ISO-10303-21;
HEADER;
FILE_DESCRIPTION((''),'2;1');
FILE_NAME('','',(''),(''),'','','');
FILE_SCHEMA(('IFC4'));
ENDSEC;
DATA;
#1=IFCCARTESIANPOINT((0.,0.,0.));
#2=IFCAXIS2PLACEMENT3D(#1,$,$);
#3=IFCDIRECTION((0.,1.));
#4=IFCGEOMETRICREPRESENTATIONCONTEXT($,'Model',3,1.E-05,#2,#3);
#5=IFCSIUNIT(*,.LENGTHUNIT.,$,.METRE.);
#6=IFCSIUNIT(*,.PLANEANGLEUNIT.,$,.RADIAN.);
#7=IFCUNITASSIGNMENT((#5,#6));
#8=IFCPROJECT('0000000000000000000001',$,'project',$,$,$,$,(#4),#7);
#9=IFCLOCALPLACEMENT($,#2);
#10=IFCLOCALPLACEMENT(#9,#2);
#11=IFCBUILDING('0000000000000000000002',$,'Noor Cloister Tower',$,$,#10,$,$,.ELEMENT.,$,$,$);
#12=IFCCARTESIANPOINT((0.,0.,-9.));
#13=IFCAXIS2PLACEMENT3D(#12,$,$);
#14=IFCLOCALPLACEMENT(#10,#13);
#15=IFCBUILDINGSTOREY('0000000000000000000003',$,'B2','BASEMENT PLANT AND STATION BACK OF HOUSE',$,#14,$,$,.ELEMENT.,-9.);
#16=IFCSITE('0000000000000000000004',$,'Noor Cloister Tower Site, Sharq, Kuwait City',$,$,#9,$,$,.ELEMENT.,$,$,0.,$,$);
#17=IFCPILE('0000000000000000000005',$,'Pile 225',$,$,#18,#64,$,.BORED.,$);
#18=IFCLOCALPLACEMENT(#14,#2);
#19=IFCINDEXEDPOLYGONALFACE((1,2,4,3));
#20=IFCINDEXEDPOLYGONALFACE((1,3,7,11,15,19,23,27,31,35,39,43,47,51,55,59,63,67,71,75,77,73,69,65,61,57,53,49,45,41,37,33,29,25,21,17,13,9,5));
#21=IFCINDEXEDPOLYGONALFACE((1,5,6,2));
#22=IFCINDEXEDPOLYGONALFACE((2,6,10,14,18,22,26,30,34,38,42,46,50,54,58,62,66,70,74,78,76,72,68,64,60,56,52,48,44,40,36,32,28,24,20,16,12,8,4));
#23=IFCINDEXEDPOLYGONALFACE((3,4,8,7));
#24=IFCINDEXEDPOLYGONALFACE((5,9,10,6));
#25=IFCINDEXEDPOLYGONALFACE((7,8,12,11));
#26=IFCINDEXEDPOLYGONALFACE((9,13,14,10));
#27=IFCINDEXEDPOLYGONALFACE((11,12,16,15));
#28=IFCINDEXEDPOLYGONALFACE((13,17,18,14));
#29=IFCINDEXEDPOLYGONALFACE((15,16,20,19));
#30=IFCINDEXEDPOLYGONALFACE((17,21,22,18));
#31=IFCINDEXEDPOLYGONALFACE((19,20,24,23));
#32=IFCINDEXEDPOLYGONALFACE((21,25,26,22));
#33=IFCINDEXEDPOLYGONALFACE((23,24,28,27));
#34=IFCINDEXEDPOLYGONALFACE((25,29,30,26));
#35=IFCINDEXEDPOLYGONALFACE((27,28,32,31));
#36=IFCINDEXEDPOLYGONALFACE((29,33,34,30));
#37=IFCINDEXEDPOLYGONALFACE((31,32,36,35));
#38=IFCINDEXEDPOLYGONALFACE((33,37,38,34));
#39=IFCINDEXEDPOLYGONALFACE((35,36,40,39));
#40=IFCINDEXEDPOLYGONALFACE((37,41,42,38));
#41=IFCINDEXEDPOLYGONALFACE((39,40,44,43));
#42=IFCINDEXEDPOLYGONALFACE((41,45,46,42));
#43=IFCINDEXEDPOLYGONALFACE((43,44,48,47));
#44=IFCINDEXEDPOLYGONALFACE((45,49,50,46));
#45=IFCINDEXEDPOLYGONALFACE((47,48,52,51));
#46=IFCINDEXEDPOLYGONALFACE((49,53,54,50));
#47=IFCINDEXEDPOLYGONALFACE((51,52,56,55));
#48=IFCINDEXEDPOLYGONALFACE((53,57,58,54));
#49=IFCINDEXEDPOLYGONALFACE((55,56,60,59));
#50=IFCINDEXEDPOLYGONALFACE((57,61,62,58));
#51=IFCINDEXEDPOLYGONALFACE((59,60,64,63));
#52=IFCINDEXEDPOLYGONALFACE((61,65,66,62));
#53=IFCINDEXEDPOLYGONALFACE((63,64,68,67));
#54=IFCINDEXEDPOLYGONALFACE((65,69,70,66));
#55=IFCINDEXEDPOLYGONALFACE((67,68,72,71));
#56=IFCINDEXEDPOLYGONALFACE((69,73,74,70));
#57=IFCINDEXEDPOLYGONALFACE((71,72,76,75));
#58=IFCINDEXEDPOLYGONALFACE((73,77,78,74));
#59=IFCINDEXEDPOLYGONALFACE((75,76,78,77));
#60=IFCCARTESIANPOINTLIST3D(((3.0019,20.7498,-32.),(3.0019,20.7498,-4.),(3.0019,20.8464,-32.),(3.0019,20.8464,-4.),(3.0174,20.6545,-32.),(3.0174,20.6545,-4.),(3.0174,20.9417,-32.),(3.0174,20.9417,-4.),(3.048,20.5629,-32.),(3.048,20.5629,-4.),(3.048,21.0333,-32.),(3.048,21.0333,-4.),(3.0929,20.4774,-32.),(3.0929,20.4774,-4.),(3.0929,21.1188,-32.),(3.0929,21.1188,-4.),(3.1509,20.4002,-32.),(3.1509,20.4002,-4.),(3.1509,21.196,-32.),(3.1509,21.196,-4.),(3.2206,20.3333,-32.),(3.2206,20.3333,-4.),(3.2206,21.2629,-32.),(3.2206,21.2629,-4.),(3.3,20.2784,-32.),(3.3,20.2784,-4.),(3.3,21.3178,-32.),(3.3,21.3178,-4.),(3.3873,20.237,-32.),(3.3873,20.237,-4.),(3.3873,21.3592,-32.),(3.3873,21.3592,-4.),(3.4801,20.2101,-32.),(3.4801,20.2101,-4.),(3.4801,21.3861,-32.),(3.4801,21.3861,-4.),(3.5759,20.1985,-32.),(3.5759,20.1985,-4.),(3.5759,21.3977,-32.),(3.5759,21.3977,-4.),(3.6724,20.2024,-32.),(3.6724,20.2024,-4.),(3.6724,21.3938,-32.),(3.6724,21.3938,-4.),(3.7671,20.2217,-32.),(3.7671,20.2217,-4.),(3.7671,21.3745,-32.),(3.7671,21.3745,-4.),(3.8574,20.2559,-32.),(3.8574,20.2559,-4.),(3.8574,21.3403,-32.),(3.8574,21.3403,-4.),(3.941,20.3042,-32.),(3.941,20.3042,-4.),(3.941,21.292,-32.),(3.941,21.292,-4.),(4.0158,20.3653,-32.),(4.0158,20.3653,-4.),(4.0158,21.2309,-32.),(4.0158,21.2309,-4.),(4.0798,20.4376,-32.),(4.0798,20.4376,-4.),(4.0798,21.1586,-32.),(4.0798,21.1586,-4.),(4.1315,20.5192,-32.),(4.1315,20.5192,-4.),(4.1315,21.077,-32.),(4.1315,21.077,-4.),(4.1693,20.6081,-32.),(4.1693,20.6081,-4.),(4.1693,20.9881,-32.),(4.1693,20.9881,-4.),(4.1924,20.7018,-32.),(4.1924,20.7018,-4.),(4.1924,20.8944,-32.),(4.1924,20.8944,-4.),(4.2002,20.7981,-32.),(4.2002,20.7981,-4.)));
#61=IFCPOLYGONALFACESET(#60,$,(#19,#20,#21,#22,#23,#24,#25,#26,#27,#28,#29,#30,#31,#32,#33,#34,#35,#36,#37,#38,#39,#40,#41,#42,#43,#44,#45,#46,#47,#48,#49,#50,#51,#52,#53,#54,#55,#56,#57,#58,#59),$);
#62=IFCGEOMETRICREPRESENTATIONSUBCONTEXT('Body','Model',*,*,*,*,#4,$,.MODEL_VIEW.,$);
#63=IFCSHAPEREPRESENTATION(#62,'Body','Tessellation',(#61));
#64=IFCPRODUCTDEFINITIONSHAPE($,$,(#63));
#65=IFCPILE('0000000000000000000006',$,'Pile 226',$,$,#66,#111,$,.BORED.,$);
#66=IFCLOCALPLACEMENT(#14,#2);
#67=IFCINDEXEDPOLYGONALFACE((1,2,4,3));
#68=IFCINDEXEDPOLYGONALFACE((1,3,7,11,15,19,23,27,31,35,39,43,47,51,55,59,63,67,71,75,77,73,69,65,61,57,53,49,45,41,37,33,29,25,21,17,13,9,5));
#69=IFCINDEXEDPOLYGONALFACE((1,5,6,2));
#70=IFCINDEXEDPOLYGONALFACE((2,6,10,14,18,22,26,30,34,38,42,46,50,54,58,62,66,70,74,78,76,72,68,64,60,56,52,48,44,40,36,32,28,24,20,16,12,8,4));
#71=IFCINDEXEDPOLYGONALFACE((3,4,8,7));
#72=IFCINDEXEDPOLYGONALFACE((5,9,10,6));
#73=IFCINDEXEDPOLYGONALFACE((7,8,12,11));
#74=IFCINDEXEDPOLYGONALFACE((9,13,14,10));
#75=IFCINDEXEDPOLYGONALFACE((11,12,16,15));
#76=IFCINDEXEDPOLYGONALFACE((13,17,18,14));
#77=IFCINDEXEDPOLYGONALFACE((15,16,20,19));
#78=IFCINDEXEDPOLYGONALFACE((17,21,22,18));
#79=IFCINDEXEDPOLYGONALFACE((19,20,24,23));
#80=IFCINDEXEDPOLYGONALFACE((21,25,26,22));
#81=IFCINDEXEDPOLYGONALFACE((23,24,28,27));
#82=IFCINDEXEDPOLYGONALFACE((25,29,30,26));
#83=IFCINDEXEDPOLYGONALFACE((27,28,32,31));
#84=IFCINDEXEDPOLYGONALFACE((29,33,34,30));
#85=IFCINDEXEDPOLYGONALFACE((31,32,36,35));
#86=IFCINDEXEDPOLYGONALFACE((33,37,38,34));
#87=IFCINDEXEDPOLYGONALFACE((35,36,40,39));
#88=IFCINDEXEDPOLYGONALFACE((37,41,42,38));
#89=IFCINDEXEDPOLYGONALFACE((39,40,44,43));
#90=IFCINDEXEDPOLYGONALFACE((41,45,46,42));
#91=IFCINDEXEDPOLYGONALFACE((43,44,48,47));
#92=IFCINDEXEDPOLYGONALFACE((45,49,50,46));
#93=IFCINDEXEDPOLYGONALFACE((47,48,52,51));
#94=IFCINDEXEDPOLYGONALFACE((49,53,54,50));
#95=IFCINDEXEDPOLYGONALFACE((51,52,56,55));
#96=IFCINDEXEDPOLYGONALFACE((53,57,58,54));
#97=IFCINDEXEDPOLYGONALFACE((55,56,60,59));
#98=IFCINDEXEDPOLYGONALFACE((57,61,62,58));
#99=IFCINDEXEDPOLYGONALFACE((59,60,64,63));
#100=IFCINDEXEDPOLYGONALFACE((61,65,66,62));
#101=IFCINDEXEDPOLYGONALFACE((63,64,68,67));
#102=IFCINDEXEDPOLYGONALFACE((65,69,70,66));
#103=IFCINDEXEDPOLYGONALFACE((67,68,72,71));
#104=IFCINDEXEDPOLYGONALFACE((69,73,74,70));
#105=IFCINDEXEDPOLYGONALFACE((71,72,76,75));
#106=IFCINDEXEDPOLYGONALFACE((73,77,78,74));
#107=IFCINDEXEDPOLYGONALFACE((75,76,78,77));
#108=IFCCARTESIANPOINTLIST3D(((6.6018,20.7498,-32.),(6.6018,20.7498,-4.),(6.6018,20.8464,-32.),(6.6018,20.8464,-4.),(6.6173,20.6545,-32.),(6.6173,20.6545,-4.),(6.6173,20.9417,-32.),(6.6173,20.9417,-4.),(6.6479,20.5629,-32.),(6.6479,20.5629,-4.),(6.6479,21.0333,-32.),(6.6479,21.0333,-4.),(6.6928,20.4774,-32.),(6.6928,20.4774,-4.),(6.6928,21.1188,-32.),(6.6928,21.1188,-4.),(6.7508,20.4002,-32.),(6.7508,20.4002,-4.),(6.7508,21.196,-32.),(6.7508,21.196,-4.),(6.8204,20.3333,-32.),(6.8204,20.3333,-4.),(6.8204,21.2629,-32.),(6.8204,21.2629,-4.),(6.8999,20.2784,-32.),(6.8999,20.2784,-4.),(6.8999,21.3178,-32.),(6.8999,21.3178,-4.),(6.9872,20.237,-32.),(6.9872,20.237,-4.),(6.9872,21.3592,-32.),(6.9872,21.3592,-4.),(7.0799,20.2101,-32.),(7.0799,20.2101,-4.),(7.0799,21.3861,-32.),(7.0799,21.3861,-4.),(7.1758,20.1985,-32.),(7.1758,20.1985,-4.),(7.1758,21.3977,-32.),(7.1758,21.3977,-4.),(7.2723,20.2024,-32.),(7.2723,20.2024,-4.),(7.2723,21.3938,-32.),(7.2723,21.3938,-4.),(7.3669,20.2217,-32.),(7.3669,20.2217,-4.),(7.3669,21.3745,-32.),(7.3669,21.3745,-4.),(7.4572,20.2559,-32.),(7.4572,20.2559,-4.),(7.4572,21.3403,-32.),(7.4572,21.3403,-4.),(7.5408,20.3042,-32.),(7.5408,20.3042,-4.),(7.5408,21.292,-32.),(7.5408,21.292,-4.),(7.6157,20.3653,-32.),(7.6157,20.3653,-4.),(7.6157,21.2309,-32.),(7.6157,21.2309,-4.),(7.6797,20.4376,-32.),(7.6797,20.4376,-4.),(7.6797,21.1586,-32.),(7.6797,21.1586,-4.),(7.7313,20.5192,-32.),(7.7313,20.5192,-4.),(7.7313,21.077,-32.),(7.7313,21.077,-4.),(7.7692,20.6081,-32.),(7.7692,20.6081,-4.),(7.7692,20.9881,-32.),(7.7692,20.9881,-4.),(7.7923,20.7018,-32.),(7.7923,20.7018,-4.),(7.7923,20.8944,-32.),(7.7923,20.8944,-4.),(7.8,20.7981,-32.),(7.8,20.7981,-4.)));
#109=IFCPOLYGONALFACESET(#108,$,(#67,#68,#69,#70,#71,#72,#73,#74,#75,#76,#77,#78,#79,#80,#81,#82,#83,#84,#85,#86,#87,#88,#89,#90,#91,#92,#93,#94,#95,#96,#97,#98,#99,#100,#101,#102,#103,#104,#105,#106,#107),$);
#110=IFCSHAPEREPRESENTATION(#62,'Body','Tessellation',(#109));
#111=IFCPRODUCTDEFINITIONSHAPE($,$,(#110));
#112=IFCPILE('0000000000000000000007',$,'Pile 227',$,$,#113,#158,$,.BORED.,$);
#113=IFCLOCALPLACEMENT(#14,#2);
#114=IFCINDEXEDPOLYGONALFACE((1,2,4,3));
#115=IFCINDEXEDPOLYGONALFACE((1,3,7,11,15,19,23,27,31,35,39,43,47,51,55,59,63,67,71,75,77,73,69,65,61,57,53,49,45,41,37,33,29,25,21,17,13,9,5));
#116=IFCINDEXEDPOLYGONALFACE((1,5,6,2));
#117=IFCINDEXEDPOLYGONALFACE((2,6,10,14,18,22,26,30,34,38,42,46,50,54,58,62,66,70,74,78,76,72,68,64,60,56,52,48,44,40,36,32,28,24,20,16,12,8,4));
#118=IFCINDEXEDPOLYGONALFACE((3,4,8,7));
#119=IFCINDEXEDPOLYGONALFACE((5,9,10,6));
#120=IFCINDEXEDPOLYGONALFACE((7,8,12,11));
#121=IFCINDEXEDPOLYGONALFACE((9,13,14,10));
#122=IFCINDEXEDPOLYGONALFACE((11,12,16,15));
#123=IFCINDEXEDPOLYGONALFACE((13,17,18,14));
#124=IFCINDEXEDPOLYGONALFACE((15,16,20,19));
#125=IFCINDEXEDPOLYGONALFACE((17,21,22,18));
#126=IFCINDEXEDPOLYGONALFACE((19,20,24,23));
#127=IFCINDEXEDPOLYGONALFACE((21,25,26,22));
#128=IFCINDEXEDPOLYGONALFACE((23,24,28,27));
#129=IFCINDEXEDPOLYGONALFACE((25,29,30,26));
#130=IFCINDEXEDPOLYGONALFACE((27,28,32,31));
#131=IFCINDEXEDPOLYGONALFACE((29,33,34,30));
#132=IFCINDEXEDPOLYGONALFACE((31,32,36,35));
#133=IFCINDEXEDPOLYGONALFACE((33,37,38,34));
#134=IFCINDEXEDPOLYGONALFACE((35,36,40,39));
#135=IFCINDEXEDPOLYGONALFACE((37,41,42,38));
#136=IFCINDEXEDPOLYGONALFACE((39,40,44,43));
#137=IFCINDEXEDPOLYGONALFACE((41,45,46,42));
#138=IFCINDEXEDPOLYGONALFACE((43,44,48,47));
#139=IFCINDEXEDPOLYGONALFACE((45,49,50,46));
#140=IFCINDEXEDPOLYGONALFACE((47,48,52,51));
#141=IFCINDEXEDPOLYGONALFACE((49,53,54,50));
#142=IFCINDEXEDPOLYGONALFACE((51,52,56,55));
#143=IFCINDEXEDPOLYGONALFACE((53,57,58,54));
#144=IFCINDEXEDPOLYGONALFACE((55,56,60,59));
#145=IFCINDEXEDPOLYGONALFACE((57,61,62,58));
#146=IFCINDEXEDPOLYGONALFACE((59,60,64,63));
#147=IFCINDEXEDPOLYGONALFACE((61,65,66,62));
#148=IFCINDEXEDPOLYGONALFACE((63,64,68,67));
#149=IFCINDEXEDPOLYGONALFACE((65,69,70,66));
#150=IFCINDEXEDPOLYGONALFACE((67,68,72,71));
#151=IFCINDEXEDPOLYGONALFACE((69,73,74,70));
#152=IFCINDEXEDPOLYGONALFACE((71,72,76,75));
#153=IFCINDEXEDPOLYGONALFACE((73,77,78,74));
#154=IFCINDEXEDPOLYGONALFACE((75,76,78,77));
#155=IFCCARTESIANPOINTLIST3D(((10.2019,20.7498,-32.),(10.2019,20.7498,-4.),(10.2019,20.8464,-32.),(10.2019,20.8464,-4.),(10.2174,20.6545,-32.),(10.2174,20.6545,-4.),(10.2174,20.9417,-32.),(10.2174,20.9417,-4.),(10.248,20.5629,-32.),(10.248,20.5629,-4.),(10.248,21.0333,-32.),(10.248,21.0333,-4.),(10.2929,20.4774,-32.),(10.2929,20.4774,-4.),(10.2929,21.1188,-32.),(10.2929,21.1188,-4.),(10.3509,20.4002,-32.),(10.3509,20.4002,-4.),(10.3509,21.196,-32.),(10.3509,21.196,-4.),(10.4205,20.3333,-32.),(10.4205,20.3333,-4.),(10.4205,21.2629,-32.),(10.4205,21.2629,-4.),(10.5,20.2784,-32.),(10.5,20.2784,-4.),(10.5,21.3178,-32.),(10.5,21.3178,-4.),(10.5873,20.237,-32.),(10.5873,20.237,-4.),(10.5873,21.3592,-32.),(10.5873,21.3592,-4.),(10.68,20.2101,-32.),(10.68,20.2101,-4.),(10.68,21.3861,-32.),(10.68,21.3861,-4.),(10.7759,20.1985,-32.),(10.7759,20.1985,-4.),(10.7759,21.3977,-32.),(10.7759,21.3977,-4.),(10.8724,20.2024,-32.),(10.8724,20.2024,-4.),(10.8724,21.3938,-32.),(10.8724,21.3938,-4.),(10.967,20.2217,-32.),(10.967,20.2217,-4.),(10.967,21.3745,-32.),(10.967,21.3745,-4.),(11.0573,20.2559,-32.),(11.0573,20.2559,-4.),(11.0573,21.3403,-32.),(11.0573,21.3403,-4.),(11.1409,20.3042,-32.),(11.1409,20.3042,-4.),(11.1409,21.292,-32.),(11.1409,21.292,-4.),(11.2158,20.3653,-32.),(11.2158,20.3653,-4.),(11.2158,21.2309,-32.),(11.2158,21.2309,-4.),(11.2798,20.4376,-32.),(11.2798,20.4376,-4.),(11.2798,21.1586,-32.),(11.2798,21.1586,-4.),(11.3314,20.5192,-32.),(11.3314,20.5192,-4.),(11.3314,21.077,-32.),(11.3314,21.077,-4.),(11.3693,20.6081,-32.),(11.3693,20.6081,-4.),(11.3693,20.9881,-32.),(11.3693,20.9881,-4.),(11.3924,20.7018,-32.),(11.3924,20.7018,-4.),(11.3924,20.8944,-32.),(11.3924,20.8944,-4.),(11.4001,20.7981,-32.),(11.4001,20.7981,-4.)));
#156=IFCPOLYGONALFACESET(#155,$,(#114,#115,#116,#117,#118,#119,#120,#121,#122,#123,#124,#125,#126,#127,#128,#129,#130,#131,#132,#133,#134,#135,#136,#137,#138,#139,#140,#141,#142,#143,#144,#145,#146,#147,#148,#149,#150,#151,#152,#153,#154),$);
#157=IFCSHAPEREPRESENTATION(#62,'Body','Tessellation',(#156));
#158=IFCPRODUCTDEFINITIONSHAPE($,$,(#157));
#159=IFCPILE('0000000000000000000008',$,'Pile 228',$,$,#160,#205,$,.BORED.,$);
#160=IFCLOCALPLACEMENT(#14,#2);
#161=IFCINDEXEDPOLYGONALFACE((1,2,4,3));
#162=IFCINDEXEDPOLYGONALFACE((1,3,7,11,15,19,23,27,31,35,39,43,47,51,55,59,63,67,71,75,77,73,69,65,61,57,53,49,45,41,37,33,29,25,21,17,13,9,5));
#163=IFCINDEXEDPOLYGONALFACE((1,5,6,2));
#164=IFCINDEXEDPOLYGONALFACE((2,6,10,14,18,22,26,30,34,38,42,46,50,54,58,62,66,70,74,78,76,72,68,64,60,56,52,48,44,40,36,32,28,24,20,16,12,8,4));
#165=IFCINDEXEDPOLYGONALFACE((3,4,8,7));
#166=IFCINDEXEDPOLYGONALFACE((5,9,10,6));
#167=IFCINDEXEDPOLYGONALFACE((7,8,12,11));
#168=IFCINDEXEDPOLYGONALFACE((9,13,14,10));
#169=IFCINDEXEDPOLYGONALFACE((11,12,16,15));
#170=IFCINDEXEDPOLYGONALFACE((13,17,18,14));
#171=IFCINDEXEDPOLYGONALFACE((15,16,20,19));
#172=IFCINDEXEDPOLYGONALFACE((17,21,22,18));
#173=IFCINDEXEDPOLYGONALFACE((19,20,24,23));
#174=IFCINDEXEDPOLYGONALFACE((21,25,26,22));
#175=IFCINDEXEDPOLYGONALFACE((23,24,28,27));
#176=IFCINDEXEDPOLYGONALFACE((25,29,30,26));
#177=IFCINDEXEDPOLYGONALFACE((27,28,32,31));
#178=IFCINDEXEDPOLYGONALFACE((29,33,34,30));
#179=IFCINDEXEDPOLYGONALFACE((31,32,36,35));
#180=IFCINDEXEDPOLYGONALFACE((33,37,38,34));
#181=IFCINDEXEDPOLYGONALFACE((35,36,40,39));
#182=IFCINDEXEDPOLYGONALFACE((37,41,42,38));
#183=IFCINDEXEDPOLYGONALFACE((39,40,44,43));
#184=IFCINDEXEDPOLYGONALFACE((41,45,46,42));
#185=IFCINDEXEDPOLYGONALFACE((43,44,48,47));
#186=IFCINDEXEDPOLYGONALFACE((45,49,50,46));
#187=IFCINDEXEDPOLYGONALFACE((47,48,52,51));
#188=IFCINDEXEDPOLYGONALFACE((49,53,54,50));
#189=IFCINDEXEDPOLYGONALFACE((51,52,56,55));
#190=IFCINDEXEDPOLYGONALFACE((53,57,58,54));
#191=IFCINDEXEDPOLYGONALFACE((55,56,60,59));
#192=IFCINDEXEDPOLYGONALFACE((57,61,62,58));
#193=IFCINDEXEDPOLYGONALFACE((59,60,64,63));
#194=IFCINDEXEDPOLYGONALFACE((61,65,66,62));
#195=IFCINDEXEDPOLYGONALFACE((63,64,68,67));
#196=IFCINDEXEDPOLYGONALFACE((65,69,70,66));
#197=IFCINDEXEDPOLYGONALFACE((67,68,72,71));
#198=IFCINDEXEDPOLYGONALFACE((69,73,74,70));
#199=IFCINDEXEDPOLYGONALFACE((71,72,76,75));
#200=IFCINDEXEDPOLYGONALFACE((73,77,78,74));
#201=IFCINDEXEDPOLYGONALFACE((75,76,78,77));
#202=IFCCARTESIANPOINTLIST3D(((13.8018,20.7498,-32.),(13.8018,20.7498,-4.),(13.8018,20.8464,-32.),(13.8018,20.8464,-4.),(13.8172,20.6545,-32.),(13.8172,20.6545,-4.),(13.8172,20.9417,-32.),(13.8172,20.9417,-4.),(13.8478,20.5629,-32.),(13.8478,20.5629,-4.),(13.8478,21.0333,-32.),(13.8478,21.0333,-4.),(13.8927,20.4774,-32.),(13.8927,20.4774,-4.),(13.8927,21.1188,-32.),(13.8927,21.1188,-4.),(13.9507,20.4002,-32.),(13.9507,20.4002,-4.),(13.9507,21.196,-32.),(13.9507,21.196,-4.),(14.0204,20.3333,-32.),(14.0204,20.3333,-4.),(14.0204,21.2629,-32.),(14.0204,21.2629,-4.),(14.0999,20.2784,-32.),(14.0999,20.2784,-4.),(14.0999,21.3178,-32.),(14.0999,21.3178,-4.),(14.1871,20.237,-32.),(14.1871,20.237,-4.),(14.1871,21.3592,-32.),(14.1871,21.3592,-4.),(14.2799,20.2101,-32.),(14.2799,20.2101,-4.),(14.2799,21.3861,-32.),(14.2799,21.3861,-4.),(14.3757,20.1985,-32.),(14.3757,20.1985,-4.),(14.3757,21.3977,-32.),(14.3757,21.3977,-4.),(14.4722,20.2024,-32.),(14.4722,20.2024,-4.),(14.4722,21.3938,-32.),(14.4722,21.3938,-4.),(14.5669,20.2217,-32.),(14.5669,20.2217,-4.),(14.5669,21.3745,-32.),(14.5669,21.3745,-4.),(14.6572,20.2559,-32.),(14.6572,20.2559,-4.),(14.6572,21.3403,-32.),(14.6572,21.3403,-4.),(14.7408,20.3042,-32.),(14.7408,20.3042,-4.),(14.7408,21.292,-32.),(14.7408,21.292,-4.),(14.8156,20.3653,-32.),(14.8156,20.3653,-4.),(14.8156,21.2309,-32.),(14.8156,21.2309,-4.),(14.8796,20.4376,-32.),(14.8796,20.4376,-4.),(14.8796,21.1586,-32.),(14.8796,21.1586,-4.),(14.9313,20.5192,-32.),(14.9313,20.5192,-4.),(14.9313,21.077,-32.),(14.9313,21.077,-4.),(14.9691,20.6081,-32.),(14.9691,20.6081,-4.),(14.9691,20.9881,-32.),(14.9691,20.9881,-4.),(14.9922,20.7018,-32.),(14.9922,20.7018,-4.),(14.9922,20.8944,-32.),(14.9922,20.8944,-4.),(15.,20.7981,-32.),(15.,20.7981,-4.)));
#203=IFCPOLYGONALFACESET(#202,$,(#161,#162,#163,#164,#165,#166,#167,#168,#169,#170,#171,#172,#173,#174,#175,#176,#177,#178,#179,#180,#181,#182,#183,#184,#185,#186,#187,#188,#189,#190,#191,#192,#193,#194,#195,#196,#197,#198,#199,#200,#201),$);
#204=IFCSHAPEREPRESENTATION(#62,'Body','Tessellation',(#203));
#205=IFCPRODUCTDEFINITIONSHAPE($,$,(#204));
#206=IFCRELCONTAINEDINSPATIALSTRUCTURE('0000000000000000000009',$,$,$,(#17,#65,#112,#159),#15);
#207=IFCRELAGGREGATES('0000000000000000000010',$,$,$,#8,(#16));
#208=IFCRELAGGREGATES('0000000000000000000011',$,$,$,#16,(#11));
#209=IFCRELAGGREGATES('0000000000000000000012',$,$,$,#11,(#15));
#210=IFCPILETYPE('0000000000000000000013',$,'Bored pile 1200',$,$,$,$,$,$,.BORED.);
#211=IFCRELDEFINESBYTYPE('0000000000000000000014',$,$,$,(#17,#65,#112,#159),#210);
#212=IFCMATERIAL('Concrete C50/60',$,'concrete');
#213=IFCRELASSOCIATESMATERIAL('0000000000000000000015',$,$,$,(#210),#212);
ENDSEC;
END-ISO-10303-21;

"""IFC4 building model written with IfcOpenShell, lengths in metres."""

from ifc_helpers import new_model, si_unit, direction, frame, origin, origin_2d, place, context, subcontext, project, spatial, circle, extrude, material, material_profile, profile_set, type_object, element, save


model = new_model("IFC4")

# Units and contexts
model_context = context("Model", 3, precision=1e-05, world=origin(), true_north=direction((0.0, 1.0)))
body_context = subcontext(model_context, "Body", "Model", "MODEL_VIEW")
ifc_project = project(units=[si_unit("LENGTHUNIT", "METRE"), si_unit("PLANEANGLEUNIT", "RADIAN")], contexts=[model_context])

# Site, building, storey
site_placement = place(None, origin())
site = spatial("IfcSite", under=ifc_project, at=site_placement, Name="Noor Cloister Tower Site, Sharq, Kuwait City", CompositionType="ELEMENT", RefElevation=0.0)
building_placement = place(site_placement, origin())
building = spatial("IfcBuilding", under=site, at=building_placement, Name="Noor Cloister Tower", CompositionType="ELEMENT")
storey_placement = place(building_placement, frame((0.0, 0.0, -9.0)))
storey = spatial("IfcBuildingStorey", under=building, at=storey_placement, Name="B2", Description="BASEMENT PLANT AND STATION BACK OF HOUSE", CompositionType="ELEMENT", Elevation=-9.0)

# Piles
ifc_material_1 = material(Name="Concrete C50/60", Category="concrete")
ifc_material_profile_1 = material_profile(ifc_material_1, circle(Radius=0.6001, at=origin_2d()), Name="Bored pile 1200")
ifc_profile_set_1 = profile_set([ifc_material_profile_1], Name="Concrete C50/60")
pile_type = type_object("IfcPileType", Name="Bored pile 1200", PredefinedType="BORED", material=ifc_profile_set_1)
for number, where, z_axis, x_axis, name in (
    (1, (3.6001, 20.7981, -4.0), (0.0, 0.0, -1.0), (1.0, 0.0, 0.0), "Pile 225"),
    (2, (7.2, 20.7981, -4.0), (0.0, 0.0, -1.0), (1.0, 0.0, 0.0), "Pile 226"),
    (3, (10.8, 20.7981, -4.0), (0.0, 0.0, -1.0), (1.0, 0.0, 0.0), "Pile 227"),
    (4, (14.3999, 20.7981, -4.0), (0.0, 0.0, -1.0), (1.0, 0.0, 0.0), "Pile 228"),
):
    element("IfcPile", number, at=place(storey_placement, frame(where, z_axis=z_axis, x_axis=x_axis)), inside=storey, type_object=pile_type, Name=name, PredefinedType="BORED", context=body_context, shape_type="SweptSolid", body=[
        extrude(circle(Radius=0.6001, at=origin_2d()), origin(), (0.0, 0.0, 1.0), 28.0),
    ])

save(model, "model.ifc")
